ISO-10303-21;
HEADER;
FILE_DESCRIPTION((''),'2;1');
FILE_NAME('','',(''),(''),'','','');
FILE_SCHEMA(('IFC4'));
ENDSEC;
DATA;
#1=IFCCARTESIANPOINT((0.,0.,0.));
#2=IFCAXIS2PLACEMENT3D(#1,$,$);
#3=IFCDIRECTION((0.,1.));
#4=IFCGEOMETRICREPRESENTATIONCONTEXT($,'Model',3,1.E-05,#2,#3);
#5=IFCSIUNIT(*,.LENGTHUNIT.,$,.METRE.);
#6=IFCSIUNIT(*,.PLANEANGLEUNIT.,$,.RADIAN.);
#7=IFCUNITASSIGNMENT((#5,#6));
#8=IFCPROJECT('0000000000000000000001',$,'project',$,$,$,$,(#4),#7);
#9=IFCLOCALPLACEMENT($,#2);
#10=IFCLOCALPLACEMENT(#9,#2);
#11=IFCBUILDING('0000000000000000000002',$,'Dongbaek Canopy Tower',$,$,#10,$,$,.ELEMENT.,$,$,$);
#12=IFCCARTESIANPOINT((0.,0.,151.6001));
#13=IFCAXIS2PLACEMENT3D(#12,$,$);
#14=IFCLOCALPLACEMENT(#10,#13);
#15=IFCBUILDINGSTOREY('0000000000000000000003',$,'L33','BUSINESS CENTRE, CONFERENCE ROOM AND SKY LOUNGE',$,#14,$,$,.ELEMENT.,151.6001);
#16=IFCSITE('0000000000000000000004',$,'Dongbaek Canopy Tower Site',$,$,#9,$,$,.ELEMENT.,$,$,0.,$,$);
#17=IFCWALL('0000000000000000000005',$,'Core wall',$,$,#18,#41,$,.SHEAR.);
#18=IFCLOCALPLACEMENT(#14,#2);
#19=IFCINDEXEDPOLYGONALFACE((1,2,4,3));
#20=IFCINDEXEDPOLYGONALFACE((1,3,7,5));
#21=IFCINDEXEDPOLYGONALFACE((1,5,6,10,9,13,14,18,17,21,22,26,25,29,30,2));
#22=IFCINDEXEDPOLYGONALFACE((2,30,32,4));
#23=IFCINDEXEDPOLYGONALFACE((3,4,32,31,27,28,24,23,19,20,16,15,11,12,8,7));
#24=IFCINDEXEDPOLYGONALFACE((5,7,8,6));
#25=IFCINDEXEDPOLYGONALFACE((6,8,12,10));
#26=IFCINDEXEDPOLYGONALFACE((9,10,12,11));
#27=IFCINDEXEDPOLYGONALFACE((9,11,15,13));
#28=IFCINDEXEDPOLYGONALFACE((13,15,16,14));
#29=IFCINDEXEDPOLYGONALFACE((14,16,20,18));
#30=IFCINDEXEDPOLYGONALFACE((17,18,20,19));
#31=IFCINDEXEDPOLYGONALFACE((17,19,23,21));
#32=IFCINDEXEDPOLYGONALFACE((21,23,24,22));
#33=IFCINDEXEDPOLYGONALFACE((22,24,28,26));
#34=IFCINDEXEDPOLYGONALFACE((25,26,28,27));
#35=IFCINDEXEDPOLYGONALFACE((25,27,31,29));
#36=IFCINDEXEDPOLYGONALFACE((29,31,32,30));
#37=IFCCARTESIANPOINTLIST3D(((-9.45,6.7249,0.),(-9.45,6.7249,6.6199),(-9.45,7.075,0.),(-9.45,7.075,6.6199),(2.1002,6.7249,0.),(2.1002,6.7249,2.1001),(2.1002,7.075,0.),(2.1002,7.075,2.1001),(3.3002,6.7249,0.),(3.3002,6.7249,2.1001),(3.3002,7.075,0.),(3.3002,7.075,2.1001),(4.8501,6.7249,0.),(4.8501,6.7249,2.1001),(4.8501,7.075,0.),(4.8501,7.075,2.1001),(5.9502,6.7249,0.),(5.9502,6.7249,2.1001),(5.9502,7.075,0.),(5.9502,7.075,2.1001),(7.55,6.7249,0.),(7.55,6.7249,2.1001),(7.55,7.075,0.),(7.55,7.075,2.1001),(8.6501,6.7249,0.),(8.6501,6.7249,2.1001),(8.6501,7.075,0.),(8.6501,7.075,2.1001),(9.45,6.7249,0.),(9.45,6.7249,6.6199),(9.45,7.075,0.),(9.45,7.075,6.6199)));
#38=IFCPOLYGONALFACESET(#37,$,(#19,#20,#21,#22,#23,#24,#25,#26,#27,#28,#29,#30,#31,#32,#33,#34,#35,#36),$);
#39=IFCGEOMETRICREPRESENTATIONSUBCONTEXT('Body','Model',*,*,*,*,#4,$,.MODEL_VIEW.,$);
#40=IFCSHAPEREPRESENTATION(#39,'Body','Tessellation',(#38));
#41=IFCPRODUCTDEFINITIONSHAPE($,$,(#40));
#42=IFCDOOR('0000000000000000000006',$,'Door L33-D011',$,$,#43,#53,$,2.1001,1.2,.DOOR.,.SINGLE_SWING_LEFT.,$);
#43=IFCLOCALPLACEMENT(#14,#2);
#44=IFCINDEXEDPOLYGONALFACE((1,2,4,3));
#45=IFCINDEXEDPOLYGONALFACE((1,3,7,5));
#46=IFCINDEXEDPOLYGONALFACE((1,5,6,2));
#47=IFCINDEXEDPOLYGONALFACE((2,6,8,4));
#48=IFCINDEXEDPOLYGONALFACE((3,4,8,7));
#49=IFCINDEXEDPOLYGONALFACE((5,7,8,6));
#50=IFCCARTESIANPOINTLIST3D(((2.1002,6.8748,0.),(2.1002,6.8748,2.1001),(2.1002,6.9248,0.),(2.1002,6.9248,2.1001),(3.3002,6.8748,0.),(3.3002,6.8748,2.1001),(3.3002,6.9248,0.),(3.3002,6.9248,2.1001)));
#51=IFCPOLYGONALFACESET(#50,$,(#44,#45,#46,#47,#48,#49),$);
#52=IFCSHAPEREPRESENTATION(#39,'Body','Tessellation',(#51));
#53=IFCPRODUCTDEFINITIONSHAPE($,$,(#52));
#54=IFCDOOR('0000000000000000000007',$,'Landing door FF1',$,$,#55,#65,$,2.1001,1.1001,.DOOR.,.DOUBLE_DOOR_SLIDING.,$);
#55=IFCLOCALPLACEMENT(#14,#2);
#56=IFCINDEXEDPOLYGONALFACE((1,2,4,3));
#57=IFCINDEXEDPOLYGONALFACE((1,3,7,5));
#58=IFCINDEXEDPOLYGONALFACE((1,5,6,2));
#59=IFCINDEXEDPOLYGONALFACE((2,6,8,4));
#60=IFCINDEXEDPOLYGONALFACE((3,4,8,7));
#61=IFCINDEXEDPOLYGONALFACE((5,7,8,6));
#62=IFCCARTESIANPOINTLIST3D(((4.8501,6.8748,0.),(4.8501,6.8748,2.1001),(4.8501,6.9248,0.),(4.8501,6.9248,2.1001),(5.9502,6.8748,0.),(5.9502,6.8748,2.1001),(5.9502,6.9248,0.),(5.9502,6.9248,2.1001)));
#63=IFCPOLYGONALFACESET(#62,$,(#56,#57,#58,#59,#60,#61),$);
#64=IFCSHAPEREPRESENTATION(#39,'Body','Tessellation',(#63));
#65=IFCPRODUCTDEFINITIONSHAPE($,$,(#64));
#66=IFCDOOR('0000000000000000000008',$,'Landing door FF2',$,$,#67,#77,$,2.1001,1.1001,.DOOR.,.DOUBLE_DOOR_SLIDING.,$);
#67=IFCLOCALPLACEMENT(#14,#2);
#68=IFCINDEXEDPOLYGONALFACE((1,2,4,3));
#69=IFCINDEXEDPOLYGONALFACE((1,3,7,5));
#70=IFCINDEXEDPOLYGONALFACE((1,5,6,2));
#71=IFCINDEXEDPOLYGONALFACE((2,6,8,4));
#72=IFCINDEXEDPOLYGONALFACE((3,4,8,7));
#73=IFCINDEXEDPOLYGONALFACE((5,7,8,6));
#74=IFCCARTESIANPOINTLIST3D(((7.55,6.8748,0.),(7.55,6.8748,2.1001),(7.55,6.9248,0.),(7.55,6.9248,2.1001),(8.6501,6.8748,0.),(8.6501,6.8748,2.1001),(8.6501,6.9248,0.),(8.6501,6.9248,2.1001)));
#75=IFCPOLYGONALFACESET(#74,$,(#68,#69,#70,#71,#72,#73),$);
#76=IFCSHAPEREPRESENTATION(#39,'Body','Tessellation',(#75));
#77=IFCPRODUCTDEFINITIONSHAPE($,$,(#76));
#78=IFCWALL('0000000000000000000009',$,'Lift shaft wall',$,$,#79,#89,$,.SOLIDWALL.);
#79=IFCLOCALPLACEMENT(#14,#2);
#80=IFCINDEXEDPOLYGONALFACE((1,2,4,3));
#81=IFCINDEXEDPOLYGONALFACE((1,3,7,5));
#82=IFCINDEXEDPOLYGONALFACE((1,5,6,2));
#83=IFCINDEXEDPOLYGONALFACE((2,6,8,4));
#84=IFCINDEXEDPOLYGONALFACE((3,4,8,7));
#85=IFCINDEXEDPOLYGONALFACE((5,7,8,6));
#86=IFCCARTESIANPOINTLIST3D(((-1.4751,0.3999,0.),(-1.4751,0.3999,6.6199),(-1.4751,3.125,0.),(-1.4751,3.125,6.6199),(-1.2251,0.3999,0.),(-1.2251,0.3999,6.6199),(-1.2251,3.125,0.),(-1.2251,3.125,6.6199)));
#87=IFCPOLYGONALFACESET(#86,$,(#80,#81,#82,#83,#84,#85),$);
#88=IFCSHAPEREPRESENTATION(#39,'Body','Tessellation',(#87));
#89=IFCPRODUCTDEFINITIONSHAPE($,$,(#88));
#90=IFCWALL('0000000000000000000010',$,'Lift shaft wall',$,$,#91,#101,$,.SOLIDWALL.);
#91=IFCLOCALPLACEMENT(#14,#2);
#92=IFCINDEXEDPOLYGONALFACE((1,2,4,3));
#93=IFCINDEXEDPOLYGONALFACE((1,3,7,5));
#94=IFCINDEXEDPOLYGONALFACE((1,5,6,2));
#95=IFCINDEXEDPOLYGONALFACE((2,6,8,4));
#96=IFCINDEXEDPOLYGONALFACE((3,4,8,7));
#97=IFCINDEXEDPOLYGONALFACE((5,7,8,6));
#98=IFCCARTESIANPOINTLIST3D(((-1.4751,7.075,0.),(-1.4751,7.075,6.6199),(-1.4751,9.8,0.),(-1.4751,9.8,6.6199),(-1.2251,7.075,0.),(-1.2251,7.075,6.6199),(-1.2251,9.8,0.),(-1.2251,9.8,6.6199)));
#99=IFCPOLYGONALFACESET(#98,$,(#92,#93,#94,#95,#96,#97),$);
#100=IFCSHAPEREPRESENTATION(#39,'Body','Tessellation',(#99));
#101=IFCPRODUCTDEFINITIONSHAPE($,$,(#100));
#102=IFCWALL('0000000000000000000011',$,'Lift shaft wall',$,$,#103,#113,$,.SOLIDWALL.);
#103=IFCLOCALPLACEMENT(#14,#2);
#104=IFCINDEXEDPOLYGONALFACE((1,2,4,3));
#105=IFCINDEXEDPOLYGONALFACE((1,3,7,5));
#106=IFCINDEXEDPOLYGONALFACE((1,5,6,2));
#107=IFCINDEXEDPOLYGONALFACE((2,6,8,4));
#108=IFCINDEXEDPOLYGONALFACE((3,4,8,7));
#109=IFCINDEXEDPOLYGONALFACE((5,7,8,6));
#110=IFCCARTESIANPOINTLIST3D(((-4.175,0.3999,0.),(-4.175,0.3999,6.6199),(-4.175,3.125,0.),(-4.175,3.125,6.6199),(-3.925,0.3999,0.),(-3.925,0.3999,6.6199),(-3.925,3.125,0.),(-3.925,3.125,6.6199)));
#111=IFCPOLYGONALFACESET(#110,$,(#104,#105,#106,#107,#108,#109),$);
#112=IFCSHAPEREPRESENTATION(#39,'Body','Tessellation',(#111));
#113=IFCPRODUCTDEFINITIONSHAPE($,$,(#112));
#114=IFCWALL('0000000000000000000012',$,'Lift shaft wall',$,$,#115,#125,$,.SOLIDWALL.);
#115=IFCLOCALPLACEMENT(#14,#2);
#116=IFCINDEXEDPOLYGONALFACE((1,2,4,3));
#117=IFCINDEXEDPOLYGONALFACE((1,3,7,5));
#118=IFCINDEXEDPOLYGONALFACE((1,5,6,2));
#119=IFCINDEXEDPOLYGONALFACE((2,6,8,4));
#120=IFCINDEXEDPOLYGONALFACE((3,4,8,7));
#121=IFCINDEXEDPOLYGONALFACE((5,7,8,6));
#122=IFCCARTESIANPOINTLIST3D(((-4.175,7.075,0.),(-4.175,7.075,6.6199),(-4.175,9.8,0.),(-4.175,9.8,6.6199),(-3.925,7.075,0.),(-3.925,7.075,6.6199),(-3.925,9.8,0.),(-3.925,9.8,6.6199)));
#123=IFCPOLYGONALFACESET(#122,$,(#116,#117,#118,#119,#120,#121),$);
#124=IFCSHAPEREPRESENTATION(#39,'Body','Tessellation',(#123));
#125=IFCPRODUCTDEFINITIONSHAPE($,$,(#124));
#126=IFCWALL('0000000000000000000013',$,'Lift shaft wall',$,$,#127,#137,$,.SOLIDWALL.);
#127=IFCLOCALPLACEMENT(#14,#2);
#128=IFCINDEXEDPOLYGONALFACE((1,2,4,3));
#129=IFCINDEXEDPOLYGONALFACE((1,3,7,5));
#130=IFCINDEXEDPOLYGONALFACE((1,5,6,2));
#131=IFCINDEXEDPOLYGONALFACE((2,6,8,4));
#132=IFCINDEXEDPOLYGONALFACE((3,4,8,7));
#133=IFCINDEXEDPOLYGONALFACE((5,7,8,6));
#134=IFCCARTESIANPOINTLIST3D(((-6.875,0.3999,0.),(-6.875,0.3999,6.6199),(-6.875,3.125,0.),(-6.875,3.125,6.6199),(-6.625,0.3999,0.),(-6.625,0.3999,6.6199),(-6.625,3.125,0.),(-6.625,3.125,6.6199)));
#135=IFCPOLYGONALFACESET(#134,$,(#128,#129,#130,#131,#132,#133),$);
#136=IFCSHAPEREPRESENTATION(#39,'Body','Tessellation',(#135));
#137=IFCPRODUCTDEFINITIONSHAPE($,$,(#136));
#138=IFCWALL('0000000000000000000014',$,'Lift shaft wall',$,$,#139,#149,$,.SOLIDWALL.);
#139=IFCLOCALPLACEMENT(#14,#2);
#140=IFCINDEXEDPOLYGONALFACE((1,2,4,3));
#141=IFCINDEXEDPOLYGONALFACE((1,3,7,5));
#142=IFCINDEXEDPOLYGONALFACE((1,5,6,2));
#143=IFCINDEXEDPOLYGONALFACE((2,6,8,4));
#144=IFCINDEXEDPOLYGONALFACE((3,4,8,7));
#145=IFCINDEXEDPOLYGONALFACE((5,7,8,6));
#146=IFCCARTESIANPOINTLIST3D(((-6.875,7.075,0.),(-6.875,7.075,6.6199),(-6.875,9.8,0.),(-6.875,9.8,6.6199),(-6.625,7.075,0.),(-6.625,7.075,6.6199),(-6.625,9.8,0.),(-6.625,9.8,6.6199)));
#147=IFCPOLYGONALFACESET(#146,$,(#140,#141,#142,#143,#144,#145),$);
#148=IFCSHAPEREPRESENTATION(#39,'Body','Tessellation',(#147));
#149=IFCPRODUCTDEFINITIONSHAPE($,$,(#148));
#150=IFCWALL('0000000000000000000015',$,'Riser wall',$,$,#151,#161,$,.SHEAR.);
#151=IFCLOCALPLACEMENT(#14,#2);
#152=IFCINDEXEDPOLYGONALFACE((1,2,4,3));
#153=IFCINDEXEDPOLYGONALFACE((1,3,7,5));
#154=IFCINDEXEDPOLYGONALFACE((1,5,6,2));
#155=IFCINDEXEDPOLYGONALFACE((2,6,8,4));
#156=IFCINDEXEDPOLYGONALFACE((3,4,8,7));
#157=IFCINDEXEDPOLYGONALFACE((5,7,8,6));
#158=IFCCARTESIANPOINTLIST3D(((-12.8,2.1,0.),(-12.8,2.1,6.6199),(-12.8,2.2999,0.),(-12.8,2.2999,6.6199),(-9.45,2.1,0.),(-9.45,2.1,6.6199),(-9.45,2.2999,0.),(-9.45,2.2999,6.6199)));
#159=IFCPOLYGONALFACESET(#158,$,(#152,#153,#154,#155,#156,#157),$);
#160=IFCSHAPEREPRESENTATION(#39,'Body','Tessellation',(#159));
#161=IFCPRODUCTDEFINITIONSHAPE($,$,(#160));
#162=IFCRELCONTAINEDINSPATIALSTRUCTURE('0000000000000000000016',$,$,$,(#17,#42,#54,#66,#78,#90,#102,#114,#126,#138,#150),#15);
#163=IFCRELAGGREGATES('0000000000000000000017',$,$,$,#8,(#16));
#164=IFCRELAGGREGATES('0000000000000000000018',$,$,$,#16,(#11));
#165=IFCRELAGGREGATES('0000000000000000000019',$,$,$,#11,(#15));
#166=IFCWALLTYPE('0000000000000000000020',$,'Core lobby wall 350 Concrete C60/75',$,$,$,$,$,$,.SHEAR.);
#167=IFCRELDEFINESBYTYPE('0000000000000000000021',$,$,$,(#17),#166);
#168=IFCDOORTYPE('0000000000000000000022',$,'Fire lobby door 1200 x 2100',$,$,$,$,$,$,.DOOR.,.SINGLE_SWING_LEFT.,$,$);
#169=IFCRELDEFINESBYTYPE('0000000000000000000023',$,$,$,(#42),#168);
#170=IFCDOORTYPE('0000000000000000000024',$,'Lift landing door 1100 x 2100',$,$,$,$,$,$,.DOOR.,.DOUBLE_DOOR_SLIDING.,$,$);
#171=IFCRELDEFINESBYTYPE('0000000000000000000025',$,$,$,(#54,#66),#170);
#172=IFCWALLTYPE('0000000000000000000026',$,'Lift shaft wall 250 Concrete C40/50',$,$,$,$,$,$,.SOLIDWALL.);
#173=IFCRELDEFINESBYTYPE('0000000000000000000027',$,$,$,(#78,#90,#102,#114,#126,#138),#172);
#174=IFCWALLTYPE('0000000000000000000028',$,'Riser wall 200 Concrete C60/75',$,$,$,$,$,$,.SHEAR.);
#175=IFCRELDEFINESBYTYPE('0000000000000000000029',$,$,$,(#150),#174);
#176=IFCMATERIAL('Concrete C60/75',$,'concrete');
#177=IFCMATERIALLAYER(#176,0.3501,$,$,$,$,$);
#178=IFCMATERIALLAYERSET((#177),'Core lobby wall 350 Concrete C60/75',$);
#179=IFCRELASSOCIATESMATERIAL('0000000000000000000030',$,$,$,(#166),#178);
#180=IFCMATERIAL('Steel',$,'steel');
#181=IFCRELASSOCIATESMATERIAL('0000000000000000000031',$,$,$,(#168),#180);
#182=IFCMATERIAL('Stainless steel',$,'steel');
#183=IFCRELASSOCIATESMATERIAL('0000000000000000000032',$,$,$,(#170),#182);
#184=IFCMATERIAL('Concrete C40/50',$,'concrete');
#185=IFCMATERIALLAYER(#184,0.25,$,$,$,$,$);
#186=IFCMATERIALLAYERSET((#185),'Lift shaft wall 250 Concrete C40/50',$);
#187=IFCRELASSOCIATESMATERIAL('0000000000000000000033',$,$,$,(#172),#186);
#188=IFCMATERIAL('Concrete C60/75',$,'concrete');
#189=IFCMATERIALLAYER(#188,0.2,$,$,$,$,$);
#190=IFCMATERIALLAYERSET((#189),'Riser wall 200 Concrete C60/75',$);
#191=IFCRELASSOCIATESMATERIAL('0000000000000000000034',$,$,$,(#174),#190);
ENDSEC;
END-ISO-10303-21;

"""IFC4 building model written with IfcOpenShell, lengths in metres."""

from ifc_helpers import new_model, si_unit, direction, frame, frame_2d, origin, place, context, subcontext, project, spatial, rectangle, extrude, material, layer, layer_set, type_object, element, fill, save


model = new_model("IFC4")

# Units and contexts
model_context = context("Model", 3, precision=1e-05, world=origin(), true_north=direction((0.0, 1.0)))
body_context = subcontext(model_context, "Body", "Model", "MODEL_VIEW")
ifc_project = project(units=[si_unit("LENGTHUNIT", "METRE"), si_unit("PLANEANGLEUNIT", "RADIAN")], contexts=[model_context])

# Site, building, storey
site_placement = place(None, origin())
site = spatial("IfcSite", under=ifc_project, at=site_placement, Name="Dongbaek Canopy Tower Site", CompositionType="ELEMENT", RefElevation=0.0)
building_placement = place(site_placement, origin())
building = spatial("IfcBuilding", under=site, at=building_placement, Name="Dongbaek Canopy Tower", CompositionType="ELEMENT")
storey_placement = place(building_placement, frame((0.0, 0.0, 151.6001)))
storey = spatial("IfcBuildingStorey", under=building, at=storey_placement, Name="L33", Description="BUSINESS CENTRE, CONFERENCE ROOM AND SKY LOUNGE", CompositionType="ELEMENT", Elevation=151.6001)

# Wall, openings, doors
ifc_material_1 = material(Name="Concrete C60/75", Category="concrete")
ifc_layer_1 = layer(ifc_material_1, 0.3501)
ifc_layer_set_1 = layer_set([ifc_layer_1], Name="Core lobby wall 350 Concrete C60/75")
wall_type_1 = type_object("IfcWallType", Name="Core lobby wall 350 Concrete C60/75", PredefinedType="SHEAR", material=ifc_layer_set_1)
wall_1_placement = place(storey_placement, frame((-9.45, 6.8999, 0.0), z_axis=(0.0, 0.0, 1.0), x_axis=(1.0, 0.0, 0.0)))
wall_1 = element("IfcWall", 1, at=wall_1_placement, inside=storey, type_object=wall_type_1, Name="Core wall", PredefinedType="SHEAR", context=body_context, shape_type="SweptSolid", body=[
    extrude(rectangle(XDim=18.8999, YDim=0.3501, at=frame_2d((9.45, 0.0))), origin(), (0.0, 0.0, 1.0), 6.6199),
])
opening_1_placement = place(wall_1_placement, frame((11.55, 0.0, 0.0)))
opening_1 = element("IfcOpeningElement", 2, at=opening_1_placement, cuts=wall_1, PredefinedType="OPENING", context=body_context, shape_type="SweptSolid", body=[
    extrude(rectangle(XDim=1.2, YDim=2.1001, at=frame_2d((0.6001, 1.05))), frame((0.0, 0.1851, 0.0), z_axis=(0.0, -1.0, 0.0), x_axis=(1.0, 0.0, 0.0)), (0.0, 0.0, 1.0), 0.3701),
])
opening_2_placement = place(wall_1_placement, frame((14.3, 0.0, 0.0)))
opening_2 = element("IfcOpeningElement", 3, at=opening_2_placement, cuts=wall_1, PredefinedType="OPENING", context=body_context, shape_type="SweptSolid", body=[
    extrude(rectangle(XDim=1.1001, YDim=2.1001, at=frame_2d((0.55, 1.05))), frame((0.0, 0.1851, 0.0), z_axis=(0.0, -1.0, 0.0), x_axis=(1.0, 0.0, 0.0)), (0.0, 0.0, 1.0), 0.3701),
])
opening_3_placement = place(wall_1_placement, frame((17.0, 0.0, 0.0)))
opening_3 = element("IfcOpeningElement", 4, at=opening_3_placement, cuts=wall_1, PredefinedType="OPENING", context=body_context, shape_type="SweptSolid", body=[
    extrude(rectangle(XDim=1.1001, YDim=2.1001, at=frame_2d((0.55, 1.05))), frame((0.0, 0.1851, 0.0), z_axis=(0.0, -1.0, 0.0), x_axis=(1.0, 0.0, 0.0)), (0.0, 0.0, 1.0), 0.3701),
])
ifc_material_2 = material(Name="Steel", Category="steel")
door_type_1 = type_object("IfcDoorType", Name="Fire lobby door 1200 x 2100", OperationType="SINGLE_SWING_LEFT", PredefinedType="DOOR", material=ifc_material_2)
door_1_placement = place(opening_1_placement, origin())
door_1 = element("IfcDoor", 5, at=door_1_placement, inside=storey, type_object=door_type_1, Name="Door L33-D011", OperationType="SINGLE_SWING_LEFT", OverallHeight=2.1001, OverallWidth=1.2, PredefinedType="DOOR", context=body_context, shape_type="SweptSolid", body=[
    extrude(rectangle(XDim=1.2, YDim=2.1001, at=frame_2d((0.6001, 1.05))), frame((0.0, 0.0249, 0.0), z_axis=(0.0, -1.0, 0.0), x_axis=(1.0, 0.0, 0.0)), (0.0, 0.0, 1.0), 0.05),
])
fill(opening_1, door_1)
ifc_material_3 = material(Name="Stainless steel", Category="steel")
door_type_2 = type_object("IfcDoorType", Name="Lift landing door 1100 x 2100", OperationType="DOUBLE_DOOR_SLIDING", PredefinedType="DOOR", material=ifc_material_3)
door_2_placement = place(opening_2_placement, origin())
door_2 = element("IfcDoor", 6, at=door_2_placement, inside=storey, type_object=door_type_2, Name="Landing door FF1", OperationType="DOUBLE_DOOR_SLIDING", OverallHeight=2.1001, OverallWidth=1.1001, PredefinedType="DOOR", context=body_context, shape_type="SweptSolid", body=[
    extrude(rectangle(XDim=1.1001, YDim=2.1001, at=frame_2d((0.55, 1.05))), frame((0.0, 0.0249, 0.0), z_axis=(0.0, -1.0, 0.0), x_axis=(1.0, 0.0, 0.0)), (0.0, 0.0, 1.0), 0.05),
])
fill(opening_2, door_2)
door_3_placement = place(opening_3_placement, origin())
door_3 = element("IfcDoor", 7, at=door_3_placement, inside=storey, type_object=door_type_2, Name="Landing door FF2", OperationType="DOUBLE_DOOR_SLIDING", OverallHeight=2.1001, OverallWidth=1.1001, PredefinedType="DOOR", context=body_context, shape_type="SweptSolid", body=[
    extrude(rectangle(XDim=1.1001, YDim=2.1001, at=frame_2d((0.55, 1.05))), frame((0.0, 0.0249, 0.0), z_axis=(0.0, -1.0, 0.0), x_axis=(1.0, 0.0, 0.0)), (0.0, 0.0, 1.0), 0.05),
])
fill(opening_3, door_3)

# Walls
ifc_material_4 = material(Name="Concrete C40/50", Category="concrete")
ifc_layer_2 = layer(ifc_material_4, 0.25)
ifc_layer_set_2 = layer_set([ifc_layer_2], Name="Lift shaft wall 250 Concrete C40/50")
wall_type_2 = type_object("IfcWallType", Name="Lift shaft wall 250 Concrete C40/50", PredefinedType="SOLIDWALL", material=ifc_layer_set_2)
for number, where, z_axis, x_axis, name in (
    (8, (-1.3501, 0.3999, 0.0), (0.0, 0.0, 1.0), (0.0, 1.0, 0.0), "Lift shaft wall"),
    (9, (-1.3501, 7.075, 0.0), (0.0, 0.0, 1.0), (0.0, 1.0, 0.0), "Lift shaft wall"),
    (10, (-4.05, 0.3999, 0.0), (0.0, 0.0, 1.0), (0.0, 1.0, 0.0), "Lift shaft wall"),
    (11, (-4.05, 7.075, 0.0), (0.0, 0.0, 1.0), (0.0, 1.0, 0.0), "Lift shaft wall"),
    (12, (-6.75, 0.3999, 0.0), (0.0, 0.0, 1.0), (0.0, 1.0, 0.0), "Lift shaft wall"),
    (13, (-6.75, 7.075, 0.0), (0.0, 0.0, 1.0), (0.0, 1.0, 0.0), "Lift shaft wall"),
):
    element("IfcWall", number, at=place(storey_placement, frame(where, z_axis=z_axis, x_axis=x_axis)), inside=storey, type_object=wall_type_2, Name=name, PredefinedType="SOLIDWALL", context=body_context, shape_type="SweptSolid", body=[
        extrude(rectangle(XDim=2.7251, YDim=0.25, at=frame_2d((1.3625, 0.0))), origin(), (0.0, 0.0, 1.0), 6.6199),
    ])
ifc_material_5 = material(Name="Concrete C60/75", Category="concrete")
ifc_layer_3 = layer(ifc_material_5, 0.2)
ifc_layer_set_3 = layer_set([ifc_layer_3], Name="Riser wall 200 Concrete C60/75")
wall_type_3 = type_object("IfcWallType", Name="Riser wall 200 Concrete C60/75", PredefinedType="SHEAR", material=ifc_layer_set_3)
wall_2_placement = place(storey_placement, frame((-9.45, 2.2, 0.0), z_axis=(0.0, 0.0, 1.0), x_axis=(-1.0, 0.0, 0.0)))
element("IfcWall", 14, at=wall_2_placement, inside=storey, type_object=wall_type_3, Name="Riser wall", PredefinedType="SHEAR", context=body_context, shape_type="SweptSolid", body=[
    extrude(rectangle(XDim=3.3501, YDim=0.2, at=frame_2d((1.675, 0.0))), origin(), (0.0, 0.0, 1.0), 6.6199),
])

save(model, "model.ifc")
